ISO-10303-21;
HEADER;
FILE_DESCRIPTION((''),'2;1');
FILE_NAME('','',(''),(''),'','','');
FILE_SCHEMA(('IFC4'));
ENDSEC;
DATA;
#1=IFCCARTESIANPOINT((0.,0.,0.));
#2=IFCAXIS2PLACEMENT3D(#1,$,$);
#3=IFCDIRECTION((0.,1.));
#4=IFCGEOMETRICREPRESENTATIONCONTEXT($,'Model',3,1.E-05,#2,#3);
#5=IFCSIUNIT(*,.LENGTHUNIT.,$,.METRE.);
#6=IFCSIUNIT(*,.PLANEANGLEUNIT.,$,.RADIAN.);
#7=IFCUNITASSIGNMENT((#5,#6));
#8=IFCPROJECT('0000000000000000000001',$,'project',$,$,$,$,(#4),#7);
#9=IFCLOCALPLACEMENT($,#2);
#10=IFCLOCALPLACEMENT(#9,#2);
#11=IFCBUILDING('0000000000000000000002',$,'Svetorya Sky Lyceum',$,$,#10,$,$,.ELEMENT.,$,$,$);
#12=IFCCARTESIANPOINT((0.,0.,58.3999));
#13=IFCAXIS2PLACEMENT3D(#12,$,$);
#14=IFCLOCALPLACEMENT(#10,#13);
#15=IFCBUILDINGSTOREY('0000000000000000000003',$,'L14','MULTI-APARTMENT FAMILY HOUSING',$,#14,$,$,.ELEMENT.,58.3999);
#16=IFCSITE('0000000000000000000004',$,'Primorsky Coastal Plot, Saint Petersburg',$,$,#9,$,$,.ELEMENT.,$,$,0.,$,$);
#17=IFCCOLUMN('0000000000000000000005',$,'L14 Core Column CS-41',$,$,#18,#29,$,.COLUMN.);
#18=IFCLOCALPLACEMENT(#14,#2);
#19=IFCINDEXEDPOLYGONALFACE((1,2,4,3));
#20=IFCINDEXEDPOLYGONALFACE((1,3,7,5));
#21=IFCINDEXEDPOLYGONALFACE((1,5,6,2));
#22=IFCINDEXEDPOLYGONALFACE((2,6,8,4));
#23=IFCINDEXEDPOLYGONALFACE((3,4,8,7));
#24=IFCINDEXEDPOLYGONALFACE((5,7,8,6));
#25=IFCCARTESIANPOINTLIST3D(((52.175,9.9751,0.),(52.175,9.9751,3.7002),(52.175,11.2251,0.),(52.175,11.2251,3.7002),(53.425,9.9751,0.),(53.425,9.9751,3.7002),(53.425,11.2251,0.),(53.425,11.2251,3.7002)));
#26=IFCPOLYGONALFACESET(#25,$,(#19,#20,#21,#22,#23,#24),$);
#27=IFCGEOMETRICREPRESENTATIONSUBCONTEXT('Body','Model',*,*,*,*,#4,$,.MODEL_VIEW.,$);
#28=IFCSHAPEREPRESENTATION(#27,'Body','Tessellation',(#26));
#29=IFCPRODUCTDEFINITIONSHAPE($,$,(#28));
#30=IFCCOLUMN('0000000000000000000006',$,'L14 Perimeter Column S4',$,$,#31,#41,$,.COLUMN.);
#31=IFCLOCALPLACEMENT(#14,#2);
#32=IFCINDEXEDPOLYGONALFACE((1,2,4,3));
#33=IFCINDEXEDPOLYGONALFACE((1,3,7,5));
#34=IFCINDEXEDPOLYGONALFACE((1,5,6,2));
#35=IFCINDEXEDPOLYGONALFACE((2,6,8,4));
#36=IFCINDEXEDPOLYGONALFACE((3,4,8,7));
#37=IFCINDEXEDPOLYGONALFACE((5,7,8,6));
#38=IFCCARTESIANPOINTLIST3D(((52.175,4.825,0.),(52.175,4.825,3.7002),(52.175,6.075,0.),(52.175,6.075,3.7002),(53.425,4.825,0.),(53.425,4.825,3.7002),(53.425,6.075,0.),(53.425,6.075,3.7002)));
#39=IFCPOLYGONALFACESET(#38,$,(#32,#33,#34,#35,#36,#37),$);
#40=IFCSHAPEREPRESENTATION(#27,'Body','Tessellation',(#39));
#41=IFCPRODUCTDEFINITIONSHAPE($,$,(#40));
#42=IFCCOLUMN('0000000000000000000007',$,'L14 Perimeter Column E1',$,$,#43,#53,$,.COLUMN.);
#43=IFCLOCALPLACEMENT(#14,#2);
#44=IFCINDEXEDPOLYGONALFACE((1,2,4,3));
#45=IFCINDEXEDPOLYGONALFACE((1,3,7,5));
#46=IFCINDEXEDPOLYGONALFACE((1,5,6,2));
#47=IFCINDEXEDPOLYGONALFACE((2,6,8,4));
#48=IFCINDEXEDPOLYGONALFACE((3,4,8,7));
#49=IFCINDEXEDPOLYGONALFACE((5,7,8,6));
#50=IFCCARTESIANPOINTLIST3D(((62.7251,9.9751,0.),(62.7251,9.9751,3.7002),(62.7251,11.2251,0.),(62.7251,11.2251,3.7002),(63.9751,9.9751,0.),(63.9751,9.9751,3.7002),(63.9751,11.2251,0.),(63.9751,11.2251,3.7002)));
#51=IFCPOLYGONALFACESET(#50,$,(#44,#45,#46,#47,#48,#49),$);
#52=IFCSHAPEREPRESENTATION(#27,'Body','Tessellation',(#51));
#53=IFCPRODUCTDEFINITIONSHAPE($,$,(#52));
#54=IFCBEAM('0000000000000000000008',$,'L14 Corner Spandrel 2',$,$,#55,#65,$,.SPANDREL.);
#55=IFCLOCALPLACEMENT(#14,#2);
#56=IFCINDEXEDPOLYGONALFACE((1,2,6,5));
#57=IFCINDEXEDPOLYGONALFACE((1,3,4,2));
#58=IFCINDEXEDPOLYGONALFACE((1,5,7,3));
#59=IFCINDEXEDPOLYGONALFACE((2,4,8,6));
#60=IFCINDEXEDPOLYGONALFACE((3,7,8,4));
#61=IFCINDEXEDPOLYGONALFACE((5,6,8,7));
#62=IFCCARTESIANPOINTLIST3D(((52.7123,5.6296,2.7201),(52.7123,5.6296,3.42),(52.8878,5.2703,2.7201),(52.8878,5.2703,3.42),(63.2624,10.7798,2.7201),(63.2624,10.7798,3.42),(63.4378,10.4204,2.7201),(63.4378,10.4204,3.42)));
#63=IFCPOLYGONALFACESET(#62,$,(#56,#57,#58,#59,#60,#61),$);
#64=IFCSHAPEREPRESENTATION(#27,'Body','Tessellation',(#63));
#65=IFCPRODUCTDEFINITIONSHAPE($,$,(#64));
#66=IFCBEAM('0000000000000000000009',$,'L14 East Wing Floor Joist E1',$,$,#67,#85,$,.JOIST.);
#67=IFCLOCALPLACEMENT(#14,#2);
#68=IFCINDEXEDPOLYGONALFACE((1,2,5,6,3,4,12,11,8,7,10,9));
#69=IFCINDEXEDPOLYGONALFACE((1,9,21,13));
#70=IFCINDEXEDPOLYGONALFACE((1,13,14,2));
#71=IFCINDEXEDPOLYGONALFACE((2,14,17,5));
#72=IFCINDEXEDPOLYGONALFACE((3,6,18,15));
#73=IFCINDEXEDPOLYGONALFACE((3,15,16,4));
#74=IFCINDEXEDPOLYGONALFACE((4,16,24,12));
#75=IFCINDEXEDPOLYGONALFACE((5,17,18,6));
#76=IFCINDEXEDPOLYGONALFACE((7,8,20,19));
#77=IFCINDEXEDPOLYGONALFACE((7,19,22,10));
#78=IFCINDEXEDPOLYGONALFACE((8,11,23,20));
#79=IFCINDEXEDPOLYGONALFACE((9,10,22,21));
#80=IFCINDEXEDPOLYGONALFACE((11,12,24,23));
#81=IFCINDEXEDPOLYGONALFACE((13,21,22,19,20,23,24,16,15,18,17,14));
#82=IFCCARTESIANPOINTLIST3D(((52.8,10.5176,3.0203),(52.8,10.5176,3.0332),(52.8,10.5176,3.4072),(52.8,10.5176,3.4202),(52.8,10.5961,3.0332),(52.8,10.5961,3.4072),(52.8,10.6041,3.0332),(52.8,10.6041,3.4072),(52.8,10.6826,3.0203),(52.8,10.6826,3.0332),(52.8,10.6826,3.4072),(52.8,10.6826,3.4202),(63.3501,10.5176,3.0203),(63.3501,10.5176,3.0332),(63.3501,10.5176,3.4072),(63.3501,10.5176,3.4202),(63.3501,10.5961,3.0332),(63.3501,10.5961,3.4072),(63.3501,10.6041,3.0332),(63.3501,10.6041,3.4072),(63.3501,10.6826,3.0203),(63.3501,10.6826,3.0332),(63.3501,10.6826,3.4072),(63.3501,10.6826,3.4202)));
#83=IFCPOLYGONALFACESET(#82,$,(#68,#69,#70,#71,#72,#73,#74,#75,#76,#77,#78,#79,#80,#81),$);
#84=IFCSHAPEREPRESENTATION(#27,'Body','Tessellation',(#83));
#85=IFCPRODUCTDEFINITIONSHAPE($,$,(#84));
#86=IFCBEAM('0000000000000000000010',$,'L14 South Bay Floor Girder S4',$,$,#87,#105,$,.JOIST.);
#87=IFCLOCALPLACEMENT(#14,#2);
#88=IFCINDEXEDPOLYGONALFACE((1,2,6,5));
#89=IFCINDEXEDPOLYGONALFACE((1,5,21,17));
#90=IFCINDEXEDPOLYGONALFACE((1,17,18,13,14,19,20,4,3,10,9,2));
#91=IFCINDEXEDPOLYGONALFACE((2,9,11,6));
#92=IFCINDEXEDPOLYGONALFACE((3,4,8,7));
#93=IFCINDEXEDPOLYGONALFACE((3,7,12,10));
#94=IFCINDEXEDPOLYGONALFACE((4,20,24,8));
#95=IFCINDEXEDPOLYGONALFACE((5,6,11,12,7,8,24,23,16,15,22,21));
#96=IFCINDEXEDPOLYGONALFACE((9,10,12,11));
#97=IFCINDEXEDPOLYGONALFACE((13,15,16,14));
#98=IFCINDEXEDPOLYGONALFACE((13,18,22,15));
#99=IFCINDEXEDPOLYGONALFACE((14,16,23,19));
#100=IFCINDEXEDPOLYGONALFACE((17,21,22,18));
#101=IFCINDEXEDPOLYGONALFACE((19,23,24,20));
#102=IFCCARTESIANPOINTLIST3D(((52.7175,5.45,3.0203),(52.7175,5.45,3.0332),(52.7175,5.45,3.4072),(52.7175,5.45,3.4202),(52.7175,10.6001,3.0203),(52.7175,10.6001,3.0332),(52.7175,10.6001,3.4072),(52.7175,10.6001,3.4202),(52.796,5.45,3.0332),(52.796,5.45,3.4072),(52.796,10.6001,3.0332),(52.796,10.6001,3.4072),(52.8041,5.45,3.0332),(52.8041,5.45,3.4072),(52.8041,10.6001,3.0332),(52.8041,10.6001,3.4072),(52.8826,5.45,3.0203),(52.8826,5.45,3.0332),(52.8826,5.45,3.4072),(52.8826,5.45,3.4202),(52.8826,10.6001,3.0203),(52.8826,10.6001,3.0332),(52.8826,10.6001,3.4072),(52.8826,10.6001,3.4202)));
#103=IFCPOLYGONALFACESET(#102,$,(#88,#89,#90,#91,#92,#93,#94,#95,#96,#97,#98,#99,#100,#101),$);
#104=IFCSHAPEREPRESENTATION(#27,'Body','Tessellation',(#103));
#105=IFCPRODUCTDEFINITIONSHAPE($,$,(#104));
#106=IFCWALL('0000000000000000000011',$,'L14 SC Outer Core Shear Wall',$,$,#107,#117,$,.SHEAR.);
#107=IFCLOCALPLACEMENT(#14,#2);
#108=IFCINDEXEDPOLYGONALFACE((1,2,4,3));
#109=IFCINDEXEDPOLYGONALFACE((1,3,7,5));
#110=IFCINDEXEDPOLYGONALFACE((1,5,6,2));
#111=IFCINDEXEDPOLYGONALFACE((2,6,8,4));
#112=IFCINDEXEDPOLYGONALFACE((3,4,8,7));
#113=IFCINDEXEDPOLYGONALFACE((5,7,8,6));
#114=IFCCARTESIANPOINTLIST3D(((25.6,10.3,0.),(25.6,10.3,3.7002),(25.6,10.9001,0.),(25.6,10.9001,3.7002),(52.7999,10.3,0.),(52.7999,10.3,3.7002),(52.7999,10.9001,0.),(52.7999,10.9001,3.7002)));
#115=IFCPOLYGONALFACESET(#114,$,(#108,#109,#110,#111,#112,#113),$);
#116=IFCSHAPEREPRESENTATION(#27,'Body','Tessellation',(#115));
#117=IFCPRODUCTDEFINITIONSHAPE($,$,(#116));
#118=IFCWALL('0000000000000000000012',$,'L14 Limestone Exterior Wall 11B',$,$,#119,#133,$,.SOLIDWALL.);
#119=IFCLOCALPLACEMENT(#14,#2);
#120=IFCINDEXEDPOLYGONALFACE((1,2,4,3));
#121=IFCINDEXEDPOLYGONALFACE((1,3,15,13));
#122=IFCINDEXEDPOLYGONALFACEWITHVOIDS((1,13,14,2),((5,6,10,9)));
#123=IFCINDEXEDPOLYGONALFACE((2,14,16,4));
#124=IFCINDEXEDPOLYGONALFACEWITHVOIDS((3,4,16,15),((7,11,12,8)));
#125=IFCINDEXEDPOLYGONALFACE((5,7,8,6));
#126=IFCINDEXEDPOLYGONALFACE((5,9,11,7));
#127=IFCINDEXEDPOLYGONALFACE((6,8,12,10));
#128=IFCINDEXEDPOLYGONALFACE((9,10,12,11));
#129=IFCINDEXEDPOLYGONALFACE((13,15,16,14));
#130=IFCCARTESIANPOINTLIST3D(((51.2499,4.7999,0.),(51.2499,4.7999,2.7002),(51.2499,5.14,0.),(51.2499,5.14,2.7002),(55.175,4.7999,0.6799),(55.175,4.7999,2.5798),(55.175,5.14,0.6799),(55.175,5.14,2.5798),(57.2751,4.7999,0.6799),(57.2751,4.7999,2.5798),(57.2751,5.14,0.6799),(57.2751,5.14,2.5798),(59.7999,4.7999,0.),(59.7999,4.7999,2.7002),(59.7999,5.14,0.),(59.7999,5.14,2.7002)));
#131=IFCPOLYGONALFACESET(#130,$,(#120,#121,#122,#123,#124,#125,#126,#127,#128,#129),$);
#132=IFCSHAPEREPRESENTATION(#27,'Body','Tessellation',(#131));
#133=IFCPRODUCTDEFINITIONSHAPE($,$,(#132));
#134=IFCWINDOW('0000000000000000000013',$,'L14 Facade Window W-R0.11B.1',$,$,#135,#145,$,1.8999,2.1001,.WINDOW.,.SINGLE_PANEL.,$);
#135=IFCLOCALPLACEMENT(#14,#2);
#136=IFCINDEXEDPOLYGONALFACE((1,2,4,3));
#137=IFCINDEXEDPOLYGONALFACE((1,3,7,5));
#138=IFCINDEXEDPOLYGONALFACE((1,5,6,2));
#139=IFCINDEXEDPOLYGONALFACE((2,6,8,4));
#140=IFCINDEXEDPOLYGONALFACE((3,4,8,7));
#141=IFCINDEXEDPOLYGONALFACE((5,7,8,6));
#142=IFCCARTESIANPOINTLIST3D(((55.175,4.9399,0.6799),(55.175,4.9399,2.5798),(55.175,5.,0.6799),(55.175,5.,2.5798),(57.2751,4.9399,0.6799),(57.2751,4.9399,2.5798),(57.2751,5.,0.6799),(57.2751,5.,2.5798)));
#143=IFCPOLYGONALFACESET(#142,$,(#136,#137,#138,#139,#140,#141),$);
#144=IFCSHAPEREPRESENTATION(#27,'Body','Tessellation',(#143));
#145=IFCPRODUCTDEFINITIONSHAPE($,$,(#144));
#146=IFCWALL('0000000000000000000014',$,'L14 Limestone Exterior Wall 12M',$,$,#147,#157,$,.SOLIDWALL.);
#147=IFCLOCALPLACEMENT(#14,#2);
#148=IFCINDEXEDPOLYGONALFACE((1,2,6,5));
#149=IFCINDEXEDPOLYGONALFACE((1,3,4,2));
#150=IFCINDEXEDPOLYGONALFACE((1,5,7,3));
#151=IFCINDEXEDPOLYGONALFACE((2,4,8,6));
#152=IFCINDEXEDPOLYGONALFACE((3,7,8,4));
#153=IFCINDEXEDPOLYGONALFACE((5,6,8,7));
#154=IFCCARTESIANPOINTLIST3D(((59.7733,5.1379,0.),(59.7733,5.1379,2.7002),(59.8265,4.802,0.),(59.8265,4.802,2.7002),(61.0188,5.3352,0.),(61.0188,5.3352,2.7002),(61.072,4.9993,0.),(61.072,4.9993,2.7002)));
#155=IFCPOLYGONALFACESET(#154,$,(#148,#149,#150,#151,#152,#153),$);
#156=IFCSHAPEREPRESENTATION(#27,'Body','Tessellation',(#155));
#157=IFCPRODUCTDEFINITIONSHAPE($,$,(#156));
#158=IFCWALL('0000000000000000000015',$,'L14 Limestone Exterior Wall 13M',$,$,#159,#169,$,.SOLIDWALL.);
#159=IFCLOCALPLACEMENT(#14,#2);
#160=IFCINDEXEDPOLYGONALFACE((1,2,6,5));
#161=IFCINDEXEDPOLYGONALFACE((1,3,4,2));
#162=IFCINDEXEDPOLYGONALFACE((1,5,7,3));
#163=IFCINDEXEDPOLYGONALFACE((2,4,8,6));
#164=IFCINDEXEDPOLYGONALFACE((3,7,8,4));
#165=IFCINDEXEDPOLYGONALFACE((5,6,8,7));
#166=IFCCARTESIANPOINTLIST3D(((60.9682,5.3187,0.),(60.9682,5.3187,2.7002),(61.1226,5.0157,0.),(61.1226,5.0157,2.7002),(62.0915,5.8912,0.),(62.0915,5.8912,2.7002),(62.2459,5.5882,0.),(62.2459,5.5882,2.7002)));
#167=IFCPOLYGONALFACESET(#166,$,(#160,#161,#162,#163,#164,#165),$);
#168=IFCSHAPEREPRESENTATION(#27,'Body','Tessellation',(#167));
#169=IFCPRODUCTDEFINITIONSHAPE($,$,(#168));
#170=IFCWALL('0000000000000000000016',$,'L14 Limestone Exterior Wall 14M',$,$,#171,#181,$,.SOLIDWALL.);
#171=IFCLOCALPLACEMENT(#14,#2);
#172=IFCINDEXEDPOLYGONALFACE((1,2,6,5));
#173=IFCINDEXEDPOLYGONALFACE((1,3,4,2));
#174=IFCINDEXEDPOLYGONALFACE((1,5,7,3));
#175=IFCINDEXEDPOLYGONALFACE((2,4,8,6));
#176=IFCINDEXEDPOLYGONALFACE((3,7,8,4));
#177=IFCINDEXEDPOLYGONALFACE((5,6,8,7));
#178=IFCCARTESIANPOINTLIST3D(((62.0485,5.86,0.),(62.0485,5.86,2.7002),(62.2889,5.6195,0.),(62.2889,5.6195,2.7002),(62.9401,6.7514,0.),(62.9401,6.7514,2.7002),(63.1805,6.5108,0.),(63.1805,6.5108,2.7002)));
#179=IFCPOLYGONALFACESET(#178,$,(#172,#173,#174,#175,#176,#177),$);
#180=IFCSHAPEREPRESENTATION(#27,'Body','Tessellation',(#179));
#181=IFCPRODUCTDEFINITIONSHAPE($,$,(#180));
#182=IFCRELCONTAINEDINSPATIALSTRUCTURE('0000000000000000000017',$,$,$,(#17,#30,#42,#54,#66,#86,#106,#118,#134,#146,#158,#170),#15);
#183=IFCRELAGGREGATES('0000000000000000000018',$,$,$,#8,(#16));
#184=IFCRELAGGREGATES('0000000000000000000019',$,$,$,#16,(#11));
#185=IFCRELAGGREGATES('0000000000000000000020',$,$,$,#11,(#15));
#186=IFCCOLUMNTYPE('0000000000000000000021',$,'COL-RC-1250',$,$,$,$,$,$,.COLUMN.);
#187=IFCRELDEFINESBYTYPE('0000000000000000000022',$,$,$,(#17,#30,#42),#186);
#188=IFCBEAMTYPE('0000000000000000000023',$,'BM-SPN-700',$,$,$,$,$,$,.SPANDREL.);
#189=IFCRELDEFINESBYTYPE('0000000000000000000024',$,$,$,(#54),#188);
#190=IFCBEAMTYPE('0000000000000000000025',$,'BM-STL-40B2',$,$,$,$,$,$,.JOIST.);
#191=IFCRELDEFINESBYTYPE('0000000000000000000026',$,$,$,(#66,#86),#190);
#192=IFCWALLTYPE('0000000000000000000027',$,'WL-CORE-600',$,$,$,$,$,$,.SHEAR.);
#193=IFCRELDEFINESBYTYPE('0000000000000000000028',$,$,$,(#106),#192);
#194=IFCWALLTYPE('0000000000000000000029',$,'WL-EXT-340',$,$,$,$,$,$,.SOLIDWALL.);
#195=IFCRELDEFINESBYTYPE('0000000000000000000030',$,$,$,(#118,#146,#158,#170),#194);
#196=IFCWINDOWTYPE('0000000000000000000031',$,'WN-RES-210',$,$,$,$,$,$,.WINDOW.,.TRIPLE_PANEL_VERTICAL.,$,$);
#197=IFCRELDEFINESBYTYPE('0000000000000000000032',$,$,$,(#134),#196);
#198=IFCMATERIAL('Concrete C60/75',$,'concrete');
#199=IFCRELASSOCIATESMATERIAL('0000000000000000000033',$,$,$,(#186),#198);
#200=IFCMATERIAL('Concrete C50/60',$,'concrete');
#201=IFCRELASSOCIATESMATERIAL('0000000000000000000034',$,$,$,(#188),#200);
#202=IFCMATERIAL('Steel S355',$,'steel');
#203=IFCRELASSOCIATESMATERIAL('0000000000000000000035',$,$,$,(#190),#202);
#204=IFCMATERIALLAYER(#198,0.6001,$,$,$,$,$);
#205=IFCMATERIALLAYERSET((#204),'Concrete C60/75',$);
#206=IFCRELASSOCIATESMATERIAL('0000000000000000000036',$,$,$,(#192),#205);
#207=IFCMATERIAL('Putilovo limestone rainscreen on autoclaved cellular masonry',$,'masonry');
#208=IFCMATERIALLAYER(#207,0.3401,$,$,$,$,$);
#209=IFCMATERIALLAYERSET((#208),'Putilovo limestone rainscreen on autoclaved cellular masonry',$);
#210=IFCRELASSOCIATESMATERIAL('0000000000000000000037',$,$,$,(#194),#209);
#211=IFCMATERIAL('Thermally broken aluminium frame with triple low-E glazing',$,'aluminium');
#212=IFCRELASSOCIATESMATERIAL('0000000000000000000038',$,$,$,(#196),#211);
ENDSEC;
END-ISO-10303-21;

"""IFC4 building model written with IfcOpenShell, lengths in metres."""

from ifc_helpers import new_model, si_unit, direction, frame, frame_2d, origin, origin_2d, place, context, subcontext, project, spatial, rectangle, i_section, extrude, material, layer, layer_set, material_profile, profile_set, type_object, element, fill, save


model = new_model("IFC4")

# Units and contexts
model_context = context("Model", 3, precision=1e-05, world=origin(), true_north=direction((0.0, 1.0)))
body_context = subcontext(model_context, "Body", "Model", "MODEL_VIEW")
ifc_project = project(units=[si_unit("LENGTHUNIT", "METRE"), si_unit("PLANEANGLEUNIT", "RADIAN")], contexts=[model_context])

# Site, building, storey
site_placement = place(None, origin())
site = spatial("IfcSite", under=ifc_project, at=site_placement, Name="Primorsky Coastal Plot, Saint Petersburg", CompositionType="ELEMENT", RefElevation=0.0)
building_placement = place(site_placement, origin())
building = spatial("IfcBuilding", under=site, at=building_placement, Name="Svetorya Sky Lyceum", CompositionType="ELEMENT")
storey_placement = place(building_placement, frame((0.0, 0.0, 58.3999)))
storey = spatial("IfcBuildingStorey", under=building, at=storey_placement, Name="L14", Description="MULTI-APARTMENT FAMILY HOUSING", CompositionType="ELEMENT", Elevation=58.3999)

# Columns
ifc_material_1 = material(Name="Concrete C60/75", Category="concrete")
ifc_material_profile_1 = material_profile(ifc_material_1, rectangle(XDim=1.25, YDim=1.25, at=origin_2d()), Name="RC COL 1250x1250")
ifc_profile_set_1 = profile_set([ifc_material_profile_1], Name="Concrete C60/75")
column_type = type_object("IfcColumnType", Name="COL-RC-1250", PredefinedType="COLUMN", material=ifc_profile_set_1)
for number, where, z_axis, x_axis, name in (
    (1, (52.8, 10.6001, 0.0), (0.0, 0.0, 1.0), (1.0, 0.0, 0.0), "L14 Core Column CS-41"),
    (2, (52.8, 5.45, 0.0), (0.0, 0.0, 1.0), (1.0, 0.0, 0.0), "L14 Perimeter Column S4"),
    (3, (63.3501, 10.6001, 0.0), (0.0, 0.0, 1.0), (1.0, 0.0, 0.0), "L14 Perimeter Column E1"),
):
    element("IfcColumn", number, at=place(storey_placement, frame(where, z_axis=z_axis, x_axis=x_axis)), inside=storey, type_object=column_type, Name=name, PredefinedType="COLUMN", context=body_context, shape_type="SweptSolid", body=[
        extrude(rectangle(XDim=1.25, YDim=1.25, at=origin_2d()), origin(), (0.0, 0.0, 1.0), 3.7002),
    ])

# Beams
ifc_material_2 = material(Name="Concrete C50/60", Category="concrete")
ifc_material_profile_2 = material_profile(ifc_material_2, rectangle(XDim=0.3999, YDim=0.7, at=origin_2d()), Name="RC SPANDREL 400x700")
ifc_profile_set_2 = profile_set([ifc_material_profile_2], Name="Concrete C50/60")
beam_type_1 = type_object("IfcBeamType", Name="BM-SPN-700", PredefinedType="SPANDREL", material=ifc_profile_set_2)
beam_1_placement = place(storey_placement, frame((52.8, 5.45, 3.0701), z_axis=(0.898641, 0.438684, 0.0), x_axis=(-0.438684, 0.898641, 0.0)))
element("IfcBeam", 4, at=beam_1_placement, inside=storey, type_object=beam_type_1, Name="L14 Corner Spandrel 2", PredefinedType="SPANDREL", context=body_context, shape_type="SweptSolid", body=[
    extrude(rectangle(XDim=0.3999, YDim=0.7, at=origin_2d()), origin(), (0.0, 0.0, 1.0), 11.74),
])
ifc_material_3 = material(Name="Steel S355", Category="steel")
ifc_material_profile_3 = material_profile(ifc_material_3, i_section(OverallWidth=0.165, OverallDepth=0.3999, WebThickness=0.0081, FlangeThickness=0.0129, at=origin_2d()), Name="GOST 40B2")
ifc_profile_set_3 = profile_set([ifc_material_profile_3], Name="Steel S355")
beam_type_2 = type_object("IfcBeamType", Name="BM-STL-40B2", PredefinedType="JOIST", material=ifc_profile_set_3)
beam_2_placement = place(storey_placement, frame((52.8, 10.6001, 3.2202), z_axis=(1.0, 0.0, 0.0), x_axis=(0.0, 1.0, 0.0)))
element("IfcBeam", 5, at=beam_2_placement, inside=storey, type_object=beam_type_2, Name="L14 East Wing Floor Joist E1", PredefinedType="JOIST", context=body_context, shape_type="SweptSolid", body=[
    extrude(i_section(OverallWidth=0.165, OverallDepth=0.3999, WebThickness=0.0081, FlangeThickness=0.0129, at=origin_2d()), origin(), (0.0, 0.0, 1.0), 10.55),
])
beam_3_placement = place(storey_placement, frame((52.8, 5.45, 3.2202), z_axis=(0.0, 1.0, 0.0), x_axis=(-1.0, 0.0, 0.0)))
element("IfcBeam", 6, at=beam_3_placement, inside=storey, type_object=beam_type_2, Name="L14 South Bay Floor Girder S4", PredefinedType="JOIST", context=body_context, shape_type="SweptSolid", body=[
    extrude(i_section(OverallWidth=0.165, OverallDepth=0.3999, WebThickness=0.0081, FlangeThickness=0.0129, at=origin_2d()), origin(), (0.0, 0.0, 1.0), 5.1501),
])

# Wall
ifc_layer_1 = layer(ifc_material_1, 0.6001)
ifc_layer_set_1 = layer_set([ifc_layer_1], Name="Concrete C60/75")
wall_type_1 = type_object("IfcWallType", Name="WL-CORE-600", PredefinedType="SHEAR", material=ifc_layer_set_1)
wall_1_placement = place(storey_placement, frame((52.8, 10.6001, 0.0), z_axis=(0.0, 0.0, 1.0), x_axis=(-1.0, 0.0, 0.0)))
element("IfcWall", 7, at=wall_1_placement, inside=storey, type_object=wall_type_1, Name="L14 SC Outer Core Shear Wall", PredefinedType="SHEAR", context=body_context, shape_type="SweptSolid", body=[
    extrude(rectangle(XDim=27.2, YDim=0.6001, at=frame_2d((13.6001, 0.0))), origin(), (0.0, 0.0, 1.0), 3.7002),
])

# Wall, opening, window
ifc_material_4 = material(Name="Putilovo limestone rainscreen on autoclaved cellular masonry", Category="masonry")
ifc_layer_2 = layer(ifc_material_4, 0.3401)
ifc_layer_set_2 = layer_set([ifc_layer_2], Name="Putilovo limestone rainscreen on autoclaved cellular masonry")
wall_type_2 = type_object("IfcWallType", Name="WL-EXT-340", PredefinedType="SOLIDWALL", material=ifc_layer_set_2)
wall_2_placement = place(storey_placement, frame((51.25, 4.97, 0.0), z_axis=(0.0, 0.0, 1.0), x_axis=(1.0, 0.0, 0.0)))
wall_2 = element("IfcWall", 8, at=wall_2_placement, inside=storey, type_object=wall_type_2, Name="L14 Limestone Exterior Wall 11B", PredefinedType="SOLIDWALL", context=body_context, shape_type="SweptSolid", body=[
    extrude(rectangle(XDim=8.55, YDim=0.3401, at=frame_2d((4.2749, 0.0))), origin(), (0.0, 0.0, 1.0), 2.7002),
])
opening_1_placement = place(wall_2_placement, frame((3.925, 0.0, 0.6799)))
opening_1 = element("IfcOpeningElement", 9, at=opening_1_placement, cuts=wall_2, PredefinedType="OPENING", context=body_context, shape_type="SweptSolid", body=[
    extrude(rectangle(XDim=2.1001, YDim=1.8999, at=frame_2d((1.05, 0.95))), frame((0.0, 0.1799, 0.0), z_axis=(0.0, -1.0, 0.0), x_axis=(1.0, 0.0, 0.0)), (0.0, 0.0, 1.0), 0.3601),
])
ifc_material_5 = material(Name="Thermally broken aluminium frame with triple low-E glazing", Category="aluminium")
window_type_1 = type_object("IfcWindowType", Name="WN-RES-210", PartitioningType="TRIPLE_PANEL_VERTICAL", PredefinedType="WINDOW", material=ifc_material_5)
window_1_placement = place(opening_1_placement, origin())
window_1 = element("IfcWindow", 10, at=window_1_placement, inside=storey, type_object=window_type_1, Name="L14 Facade Window W-R0.11B.1", OverallHeight=1.8999, OverallWidth=2.1001, PartitioningType="SINGLE_PANEL", PredefinedType="WINDOW", context=body_context, shape_type="SweptSolid", body=[
    extrude(rectangle(XDim=2.1001, YDim=1.8999, at=frame_2d((1.05, 0.95))), frame((0.0, 0.03, 0.0), z_axis=(0.0, -1.0, 0.0), x_axis=(1.0, 0.0, 0.0)), (0.0, 0.0, 1.0), 0.0601),
])
fill(opening_1, window_1)

# Walls
wall_3_placement = place(storey_placement, frame((59.8, 4.97, 0.0), z_axis=(0.0, 0.0, 1.0), x_axis=(0.987686, 0.15645, 0.0)))
element("IfcWall", 11, at=wall_3_placement, inside=storey, type_object=wall_type_2, Name="L14 Limestone Exterior Wall 12M", PredefinedType="SOLIDWALL", context=body_context, shape_type="SweptSolid", body=[
    extrude(rectangle(XDim=1.261, YDim=0.3401, at=frame_2d((0.6304, 0.0))), origin(), (0.0, 0.0, 1.0), 2.7002),
])
for number, where, z_axis, x_axis, name in (
    (12, (61.0454, 5.1672, 0.0), (0.0, 0.0, 1.0), (0.890954, 0.454094, 0.0), "L14 Limestone Exterior Wall 13M"),
    (13, (62.1687, 5.7397, 0.0), (0.0, 0.0, 1.0), (0.707204, 0.70701, 0.0), "L14 Limestone Exterior Wall 14M"),
):
    element("IfcWall", number, at=place(storey_placement, frame(where, z_axis=z_axis, x_axis=x_axis)), inside=storey, type_object=wall_type_2, Name=name, PredefinedType="SOLIDWALL", context=body_context, shape_type="SweptSolid", body=[
        extrude(rectangle(XDim=1.2607, YDim=0.3401, at=frame_2d((0.6304, 0.0))), origin(), (0.0, 0.0, 1.0), 2.7002),
    ])

save(model, "model.ifc")
